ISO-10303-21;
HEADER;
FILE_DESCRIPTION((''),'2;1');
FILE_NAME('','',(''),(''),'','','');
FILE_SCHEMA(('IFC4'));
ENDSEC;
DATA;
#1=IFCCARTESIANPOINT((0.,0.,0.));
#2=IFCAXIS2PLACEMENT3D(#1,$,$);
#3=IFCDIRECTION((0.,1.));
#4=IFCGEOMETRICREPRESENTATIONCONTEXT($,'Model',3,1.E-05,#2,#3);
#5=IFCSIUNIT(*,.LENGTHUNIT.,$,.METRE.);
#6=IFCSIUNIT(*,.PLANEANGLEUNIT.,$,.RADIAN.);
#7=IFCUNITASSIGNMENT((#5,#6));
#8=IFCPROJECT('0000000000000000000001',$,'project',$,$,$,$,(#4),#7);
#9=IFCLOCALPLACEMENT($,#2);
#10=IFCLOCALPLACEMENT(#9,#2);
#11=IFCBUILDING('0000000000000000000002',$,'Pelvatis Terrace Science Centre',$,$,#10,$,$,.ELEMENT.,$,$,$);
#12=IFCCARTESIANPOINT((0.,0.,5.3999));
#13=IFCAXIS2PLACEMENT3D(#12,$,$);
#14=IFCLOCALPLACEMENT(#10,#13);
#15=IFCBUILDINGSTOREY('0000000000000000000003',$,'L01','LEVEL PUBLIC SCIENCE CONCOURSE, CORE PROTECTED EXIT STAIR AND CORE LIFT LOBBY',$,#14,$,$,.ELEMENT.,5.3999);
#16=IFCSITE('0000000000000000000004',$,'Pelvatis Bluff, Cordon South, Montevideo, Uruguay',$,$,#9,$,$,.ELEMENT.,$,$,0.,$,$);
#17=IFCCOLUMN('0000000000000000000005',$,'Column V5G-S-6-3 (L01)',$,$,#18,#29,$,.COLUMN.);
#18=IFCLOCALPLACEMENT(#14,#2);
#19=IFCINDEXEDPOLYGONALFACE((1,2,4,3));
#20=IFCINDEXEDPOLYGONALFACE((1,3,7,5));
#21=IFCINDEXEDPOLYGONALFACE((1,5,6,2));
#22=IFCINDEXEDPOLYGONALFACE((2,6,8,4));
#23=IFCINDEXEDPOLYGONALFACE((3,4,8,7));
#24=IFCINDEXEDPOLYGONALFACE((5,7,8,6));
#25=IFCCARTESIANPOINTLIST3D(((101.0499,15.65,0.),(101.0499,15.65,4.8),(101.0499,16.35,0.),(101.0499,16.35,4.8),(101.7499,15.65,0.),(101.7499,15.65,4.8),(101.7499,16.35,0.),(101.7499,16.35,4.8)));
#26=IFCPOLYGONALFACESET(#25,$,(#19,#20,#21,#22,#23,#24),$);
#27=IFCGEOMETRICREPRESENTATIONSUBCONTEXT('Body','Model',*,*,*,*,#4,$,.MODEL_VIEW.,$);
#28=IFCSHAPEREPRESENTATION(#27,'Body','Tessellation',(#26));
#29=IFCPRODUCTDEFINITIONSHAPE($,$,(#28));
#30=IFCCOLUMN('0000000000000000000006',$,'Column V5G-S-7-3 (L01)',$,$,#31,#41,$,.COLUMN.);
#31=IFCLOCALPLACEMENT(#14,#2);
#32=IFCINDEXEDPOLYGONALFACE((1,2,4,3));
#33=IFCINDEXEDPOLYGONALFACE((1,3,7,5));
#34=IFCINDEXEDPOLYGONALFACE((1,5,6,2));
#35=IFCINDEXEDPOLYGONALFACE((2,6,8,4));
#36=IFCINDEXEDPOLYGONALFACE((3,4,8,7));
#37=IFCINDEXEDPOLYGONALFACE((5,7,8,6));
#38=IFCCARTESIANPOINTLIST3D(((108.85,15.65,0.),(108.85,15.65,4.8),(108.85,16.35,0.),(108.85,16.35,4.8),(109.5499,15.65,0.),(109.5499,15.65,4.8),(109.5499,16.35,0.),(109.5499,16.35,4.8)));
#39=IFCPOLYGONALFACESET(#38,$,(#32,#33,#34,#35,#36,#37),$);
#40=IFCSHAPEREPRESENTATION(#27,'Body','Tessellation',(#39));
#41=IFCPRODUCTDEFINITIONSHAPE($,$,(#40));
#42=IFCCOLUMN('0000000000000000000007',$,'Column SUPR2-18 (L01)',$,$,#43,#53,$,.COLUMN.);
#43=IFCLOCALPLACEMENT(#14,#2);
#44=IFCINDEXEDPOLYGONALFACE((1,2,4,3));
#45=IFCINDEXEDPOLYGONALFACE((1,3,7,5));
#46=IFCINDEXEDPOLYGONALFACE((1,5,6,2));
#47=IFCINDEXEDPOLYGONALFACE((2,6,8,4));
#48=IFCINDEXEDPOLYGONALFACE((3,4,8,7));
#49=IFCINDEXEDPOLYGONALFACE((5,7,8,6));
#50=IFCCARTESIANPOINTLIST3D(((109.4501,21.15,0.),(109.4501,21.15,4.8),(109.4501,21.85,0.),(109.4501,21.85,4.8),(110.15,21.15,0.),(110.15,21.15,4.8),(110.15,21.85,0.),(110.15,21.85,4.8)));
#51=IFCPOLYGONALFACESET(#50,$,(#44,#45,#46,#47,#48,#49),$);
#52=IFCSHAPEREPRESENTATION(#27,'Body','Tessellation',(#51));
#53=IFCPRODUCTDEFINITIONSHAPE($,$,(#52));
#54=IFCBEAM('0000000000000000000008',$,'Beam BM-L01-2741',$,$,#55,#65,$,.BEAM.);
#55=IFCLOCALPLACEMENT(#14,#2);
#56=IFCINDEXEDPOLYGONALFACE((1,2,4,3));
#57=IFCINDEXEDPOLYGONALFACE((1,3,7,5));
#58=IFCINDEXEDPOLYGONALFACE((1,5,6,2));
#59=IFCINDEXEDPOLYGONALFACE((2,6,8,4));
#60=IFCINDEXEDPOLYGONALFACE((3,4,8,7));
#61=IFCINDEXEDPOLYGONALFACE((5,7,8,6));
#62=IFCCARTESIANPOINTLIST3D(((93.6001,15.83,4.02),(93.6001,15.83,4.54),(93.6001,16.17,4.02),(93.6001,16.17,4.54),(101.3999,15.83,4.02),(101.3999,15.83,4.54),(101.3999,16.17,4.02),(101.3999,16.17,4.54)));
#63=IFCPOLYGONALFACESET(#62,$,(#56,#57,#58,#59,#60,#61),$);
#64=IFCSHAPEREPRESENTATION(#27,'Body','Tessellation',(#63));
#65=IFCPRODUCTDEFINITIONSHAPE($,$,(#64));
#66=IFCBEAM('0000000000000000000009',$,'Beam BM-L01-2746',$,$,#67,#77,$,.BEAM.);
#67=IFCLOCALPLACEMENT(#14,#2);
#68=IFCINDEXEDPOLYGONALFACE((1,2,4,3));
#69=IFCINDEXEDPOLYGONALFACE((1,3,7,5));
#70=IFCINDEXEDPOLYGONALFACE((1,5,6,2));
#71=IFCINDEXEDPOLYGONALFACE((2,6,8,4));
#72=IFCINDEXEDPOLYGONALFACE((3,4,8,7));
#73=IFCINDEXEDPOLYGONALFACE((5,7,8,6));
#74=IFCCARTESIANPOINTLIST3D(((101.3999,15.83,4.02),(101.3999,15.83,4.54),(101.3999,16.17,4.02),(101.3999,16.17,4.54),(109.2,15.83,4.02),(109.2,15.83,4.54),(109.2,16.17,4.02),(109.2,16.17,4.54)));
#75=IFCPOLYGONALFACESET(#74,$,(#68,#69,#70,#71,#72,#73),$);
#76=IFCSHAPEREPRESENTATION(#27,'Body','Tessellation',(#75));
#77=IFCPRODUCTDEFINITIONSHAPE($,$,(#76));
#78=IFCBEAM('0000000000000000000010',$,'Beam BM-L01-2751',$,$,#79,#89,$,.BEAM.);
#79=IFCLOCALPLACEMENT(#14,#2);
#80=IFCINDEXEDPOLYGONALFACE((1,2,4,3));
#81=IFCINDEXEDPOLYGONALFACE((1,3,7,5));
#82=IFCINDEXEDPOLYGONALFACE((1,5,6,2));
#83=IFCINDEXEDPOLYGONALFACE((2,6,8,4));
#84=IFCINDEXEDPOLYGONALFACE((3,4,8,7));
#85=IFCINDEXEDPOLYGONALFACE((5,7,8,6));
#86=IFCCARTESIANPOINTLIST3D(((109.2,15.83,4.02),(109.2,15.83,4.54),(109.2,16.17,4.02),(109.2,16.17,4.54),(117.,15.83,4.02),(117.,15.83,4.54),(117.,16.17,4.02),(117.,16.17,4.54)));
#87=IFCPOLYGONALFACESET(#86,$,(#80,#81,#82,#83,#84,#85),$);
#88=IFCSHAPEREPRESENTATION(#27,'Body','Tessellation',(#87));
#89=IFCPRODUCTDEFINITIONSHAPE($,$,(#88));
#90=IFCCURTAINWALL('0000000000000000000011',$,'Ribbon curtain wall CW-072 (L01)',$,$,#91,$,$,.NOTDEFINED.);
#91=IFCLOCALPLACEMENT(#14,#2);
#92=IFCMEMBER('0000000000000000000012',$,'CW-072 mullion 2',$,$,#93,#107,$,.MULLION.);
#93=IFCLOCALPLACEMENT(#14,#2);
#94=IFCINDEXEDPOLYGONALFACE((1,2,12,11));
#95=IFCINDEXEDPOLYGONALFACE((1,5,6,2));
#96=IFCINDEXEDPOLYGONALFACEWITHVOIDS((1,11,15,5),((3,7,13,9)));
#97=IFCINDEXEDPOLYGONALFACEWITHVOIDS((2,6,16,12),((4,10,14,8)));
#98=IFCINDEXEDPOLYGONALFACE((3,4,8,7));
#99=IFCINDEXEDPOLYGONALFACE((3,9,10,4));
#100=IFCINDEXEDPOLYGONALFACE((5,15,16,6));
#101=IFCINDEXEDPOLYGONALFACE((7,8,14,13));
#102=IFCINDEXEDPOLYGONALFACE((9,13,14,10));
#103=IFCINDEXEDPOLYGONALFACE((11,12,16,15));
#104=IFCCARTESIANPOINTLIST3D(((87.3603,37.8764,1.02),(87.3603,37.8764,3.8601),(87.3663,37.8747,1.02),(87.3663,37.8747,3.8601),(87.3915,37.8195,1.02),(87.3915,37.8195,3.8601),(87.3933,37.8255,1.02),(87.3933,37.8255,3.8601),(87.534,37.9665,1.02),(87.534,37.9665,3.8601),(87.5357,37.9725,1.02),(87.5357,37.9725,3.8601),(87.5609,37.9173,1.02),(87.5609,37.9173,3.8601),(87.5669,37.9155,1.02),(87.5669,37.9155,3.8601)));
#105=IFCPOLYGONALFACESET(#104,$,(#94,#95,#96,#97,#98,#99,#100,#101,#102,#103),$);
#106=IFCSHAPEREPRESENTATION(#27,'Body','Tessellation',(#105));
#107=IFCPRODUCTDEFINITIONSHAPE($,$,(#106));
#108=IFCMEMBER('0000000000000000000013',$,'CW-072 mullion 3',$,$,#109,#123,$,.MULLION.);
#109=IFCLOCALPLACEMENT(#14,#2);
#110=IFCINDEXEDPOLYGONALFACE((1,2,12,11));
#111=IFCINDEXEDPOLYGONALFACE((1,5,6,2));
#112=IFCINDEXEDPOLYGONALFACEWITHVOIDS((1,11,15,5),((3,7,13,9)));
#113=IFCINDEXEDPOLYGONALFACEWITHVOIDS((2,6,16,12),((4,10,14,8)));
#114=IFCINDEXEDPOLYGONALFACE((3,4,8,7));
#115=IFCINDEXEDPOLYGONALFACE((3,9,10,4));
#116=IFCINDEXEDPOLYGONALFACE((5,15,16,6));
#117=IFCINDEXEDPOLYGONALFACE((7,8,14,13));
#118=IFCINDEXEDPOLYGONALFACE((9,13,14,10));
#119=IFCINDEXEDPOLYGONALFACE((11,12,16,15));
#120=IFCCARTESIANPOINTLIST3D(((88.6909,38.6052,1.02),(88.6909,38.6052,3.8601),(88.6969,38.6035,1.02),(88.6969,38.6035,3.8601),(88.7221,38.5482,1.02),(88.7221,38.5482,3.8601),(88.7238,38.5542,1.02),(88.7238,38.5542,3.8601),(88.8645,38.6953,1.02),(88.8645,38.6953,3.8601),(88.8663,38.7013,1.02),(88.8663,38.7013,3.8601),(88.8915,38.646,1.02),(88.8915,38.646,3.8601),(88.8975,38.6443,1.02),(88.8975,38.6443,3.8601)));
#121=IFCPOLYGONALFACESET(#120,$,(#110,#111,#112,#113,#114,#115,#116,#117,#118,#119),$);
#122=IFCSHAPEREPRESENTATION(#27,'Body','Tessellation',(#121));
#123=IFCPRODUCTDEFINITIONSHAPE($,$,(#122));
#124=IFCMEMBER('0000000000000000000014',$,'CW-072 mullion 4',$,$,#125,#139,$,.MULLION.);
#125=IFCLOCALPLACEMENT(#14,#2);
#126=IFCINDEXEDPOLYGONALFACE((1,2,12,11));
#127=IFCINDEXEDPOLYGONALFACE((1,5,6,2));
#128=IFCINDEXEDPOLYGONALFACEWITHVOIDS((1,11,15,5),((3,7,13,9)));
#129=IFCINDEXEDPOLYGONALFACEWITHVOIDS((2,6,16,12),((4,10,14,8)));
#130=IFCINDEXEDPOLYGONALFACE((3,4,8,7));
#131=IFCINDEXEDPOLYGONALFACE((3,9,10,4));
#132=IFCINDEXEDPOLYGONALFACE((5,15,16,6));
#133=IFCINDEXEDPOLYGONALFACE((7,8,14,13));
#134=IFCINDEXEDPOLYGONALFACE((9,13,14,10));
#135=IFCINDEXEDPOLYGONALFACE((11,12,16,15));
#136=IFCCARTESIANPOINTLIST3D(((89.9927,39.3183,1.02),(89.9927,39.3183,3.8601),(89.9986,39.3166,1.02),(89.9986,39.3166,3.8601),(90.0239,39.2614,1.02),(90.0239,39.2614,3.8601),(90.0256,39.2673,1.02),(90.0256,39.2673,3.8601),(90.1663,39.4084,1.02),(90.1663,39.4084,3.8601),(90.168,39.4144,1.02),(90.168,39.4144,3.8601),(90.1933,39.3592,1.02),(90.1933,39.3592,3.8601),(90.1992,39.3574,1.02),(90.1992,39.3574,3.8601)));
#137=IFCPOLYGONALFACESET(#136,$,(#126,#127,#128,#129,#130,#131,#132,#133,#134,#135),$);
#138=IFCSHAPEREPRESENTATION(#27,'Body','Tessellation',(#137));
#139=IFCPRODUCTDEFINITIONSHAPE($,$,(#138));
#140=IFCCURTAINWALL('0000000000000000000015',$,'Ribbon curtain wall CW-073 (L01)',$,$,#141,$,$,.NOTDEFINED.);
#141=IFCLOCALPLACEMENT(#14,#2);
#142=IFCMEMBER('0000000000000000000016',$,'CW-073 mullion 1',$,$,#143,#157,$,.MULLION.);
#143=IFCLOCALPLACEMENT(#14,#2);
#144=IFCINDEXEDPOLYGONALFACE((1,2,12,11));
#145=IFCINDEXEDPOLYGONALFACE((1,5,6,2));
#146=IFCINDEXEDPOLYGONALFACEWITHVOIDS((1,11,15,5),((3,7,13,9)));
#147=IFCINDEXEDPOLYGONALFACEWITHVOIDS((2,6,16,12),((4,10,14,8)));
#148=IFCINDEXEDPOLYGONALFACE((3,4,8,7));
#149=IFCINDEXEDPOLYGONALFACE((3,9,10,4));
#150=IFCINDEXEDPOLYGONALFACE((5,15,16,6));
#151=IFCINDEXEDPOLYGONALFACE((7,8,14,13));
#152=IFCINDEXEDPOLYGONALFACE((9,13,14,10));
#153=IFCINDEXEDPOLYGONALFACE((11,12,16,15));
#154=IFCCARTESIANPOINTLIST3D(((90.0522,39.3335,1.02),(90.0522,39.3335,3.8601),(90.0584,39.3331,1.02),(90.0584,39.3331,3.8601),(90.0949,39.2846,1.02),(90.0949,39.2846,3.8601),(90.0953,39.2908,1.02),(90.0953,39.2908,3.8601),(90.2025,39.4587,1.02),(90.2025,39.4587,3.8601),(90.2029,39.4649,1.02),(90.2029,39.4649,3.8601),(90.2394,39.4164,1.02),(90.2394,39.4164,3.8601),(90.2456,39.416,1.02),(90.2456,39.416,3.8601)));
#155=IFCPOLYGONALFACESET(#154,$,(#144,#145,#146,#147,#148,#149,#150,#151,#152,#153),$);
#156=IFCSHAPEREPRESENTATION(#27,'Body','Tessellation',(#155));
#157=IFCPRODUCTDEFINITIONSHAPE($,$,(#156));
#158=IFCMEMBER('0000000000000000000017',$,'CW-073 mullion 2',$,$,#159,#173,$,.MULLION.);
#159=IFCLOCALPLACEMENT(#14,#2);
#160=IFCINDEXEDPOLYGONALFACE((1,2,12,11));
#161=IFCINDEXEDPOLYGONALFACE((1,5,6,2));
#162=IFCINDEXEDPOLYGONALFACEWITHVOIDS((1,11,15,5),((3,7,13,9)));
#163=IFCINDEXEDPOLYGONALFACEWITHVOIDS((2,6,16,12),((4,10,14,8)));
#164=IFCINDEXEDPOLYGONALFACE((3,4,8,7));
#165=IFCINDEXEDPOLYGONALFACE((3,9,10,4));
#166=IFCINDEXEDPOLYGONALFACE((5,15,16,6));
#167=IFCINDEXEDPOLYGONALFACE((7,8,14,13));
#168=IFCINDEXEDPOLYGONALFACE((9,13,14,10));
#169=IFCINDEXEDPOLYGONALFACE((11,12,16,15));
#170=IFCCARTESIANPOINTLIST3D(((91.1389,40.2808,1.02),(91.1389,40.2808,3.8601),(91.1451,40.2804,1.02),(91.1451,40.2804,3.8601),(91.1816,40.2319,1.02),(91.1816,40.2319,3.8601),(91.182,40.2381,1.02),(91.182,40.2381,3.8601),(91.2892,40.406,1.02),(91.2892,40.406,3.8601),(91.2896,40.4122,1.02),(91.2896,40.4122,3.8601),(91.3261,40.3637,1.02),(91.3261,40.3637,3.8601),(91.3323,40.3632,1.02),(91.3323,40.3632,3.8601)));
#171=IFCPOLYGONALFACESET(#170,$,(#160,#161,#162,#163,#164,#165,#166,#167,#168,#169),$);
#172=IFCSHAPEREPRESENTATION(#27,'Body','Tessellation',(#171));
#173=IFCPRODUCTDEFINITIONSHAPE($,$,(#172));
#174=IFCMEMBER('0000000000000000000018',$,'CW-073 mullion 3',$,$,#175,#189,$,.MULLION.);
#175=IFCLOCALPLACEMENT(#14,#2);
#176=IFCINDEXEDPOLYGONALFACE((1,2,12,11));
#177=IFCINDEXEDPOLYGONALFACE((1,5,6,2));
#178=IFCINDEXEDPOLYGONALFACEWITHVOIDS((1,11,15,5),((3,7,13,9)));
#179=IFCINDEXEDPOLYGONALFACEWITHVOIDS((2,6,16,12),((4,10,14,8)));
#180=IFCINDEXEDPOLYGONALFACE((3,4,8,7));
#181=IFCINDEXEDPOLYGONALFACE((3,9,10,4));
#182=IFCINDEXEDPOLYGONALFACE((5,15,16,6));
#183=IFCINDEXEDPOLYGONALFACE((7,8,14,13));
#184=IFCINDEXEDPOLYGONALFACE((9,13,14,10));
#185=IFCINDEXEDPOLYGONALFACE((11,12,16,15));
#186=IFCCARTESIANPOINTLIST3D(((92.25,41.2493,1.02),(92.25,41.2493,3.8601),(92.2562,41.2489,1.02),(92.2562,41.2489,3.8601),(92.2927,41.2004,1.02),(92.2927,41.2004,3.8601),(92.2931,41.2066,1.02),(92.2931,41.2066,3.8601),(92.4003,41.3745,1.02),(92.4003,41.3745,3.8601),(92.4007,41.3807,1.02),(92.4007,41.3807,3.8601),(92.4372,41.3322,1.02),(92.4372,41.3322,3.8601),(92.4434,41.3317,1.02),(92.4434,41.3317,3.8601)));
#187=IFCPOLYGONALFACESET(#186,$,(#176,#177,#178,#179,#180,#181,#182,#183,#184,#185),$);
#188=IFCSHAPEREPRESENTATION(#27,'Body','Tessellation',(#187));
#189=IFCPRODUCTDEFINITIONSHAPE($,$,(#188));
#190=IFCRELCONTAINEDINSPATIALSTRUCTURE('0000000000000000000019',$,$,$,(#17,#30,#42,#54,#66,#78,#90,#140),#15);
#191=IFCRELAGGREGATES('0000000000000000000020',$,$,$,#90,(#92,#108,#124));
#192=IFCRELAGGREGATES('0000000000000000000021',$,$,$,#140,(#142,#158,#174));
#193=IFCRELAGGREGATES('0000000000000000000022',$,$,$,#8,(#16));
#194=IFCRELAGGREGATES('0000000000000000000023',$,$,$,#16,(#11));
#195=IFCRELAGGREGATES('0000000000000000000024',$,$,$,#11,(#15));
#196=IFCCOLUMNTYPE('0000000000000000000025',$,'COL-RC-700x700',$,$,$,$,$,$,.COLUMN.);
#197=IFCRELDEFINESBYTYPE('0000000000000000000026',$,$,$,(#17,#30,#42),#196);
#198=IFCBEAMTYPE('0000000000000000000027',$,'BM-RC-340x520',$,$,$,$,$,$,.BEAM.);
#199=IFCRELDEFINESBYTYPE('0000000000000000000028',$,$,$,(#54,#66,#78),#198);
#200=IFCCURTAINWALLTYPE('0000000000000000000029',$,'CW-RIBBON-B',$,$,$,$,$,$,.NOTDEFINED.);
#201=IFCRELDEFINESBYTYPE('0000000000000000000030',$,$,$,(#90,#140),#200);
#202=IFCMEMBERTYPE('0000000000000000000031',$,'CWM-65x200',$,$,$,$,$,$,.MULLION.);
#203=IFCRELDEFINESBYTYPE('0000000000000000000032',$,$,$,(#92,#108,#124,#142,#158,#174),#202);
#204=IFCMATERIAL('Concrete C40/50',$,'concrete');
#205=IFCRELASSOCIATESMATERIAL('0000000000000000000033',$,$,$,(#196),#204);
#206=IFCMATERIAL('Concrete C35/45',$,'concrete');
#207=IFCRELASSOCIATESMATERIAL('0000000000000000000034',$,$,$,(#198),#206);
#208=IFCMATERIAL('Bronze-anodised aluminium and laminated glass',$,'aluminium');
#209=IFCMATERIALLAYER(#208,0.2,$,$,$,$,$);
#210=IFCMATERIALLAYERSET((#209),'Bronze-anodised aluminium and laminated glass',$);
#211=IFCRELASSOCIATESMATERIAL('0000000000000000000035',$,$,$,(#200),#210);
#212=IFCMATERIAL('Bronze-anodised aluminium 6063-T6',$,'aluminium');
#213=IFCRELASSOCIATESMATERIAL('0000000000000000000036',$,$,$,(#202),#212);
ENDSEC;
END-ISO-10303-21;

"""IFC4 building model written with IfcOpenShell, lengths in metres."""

from ifc_helpers import new_model, si_unit, direction, frame, origin, origin_2d, place, context, subcontext, project, spatial, rectangle, hollow_rectangle, extrude, material, layer, layer_set, material_profile, profile_set, type_object, element, aggregate, save


model = new_model("IFC4")

# Units and contexts
model_context = context("Model", 3, precision=1e-05, world=origin(), true_north=direction((0.0, 1.0)))
body_context = subcontext(model_context, "Body", "Model", "MODEL_VIEW")
ifc_project = project(units=[si_unit("LENGTHUNIT", "METRE"), si_unit("PLANEANGLEUNIT", "RADIAN")], contexts=[model_context])

# Site, building, storey
site_placement = place(None, origin())
site = spatial("IfcSite", under=ifc_project, at=site_placement, Name="Pelvatis Bluff, Cordon South, Montevideo, Uruguay", CompositionType="ELEMENT", RefElevation=0.0)
building_placement = place(site_placement, origin())
building = spatial("IfcBuilding", under=site, at=building_placement, Name="Pelvatis Terrace Science Centre", CompositionType="ELEMENT")
storey_placement = place(building_placement, frame((0.0, 0.0, 5.3999)))
storey = spatial("IfcBuildingStorey", under=building, at=storey_placement, Name="L01", Description="LEVEL PUBLIC SCIENCE CONCOURSE, CORE PROTECTED EXIT STAIR AND CORE LIFT LOBBY", CompositionType="ELEMENT", Elevation=5.3999)

# Columns
ifc_material_1 = material(Name="Concrete C40/50", Category="concrete")
ifc_material_profile_1 = material_profile(ifc_material_1, rectangle(XDim=0.7, YDim=0.7, at=origin_2d()), Name="RC-COL 700x700")
ifc_profile_set_1 = profile_set([ifc_material_profile_1], Name="Concrete C40/50")
column_type = type_object("IfcColumnType", Name="COL-RC-700x700", PredefinedType="COLUMN", material=ifc_profile_set_1)
for number, where, z_axis, x_axis, name in (
    (1, (101.3999, 16.0, 0.0), (0.0, 0.0, 1.0), (1.0, 0.0, 0.0), "Column V5G-S-6-3 (L01)"),
    (2, (109.2, 16.0, 0.0), (0.0, 0.0, 1.0), (1.0, 0.0, 0.0), "Column V5G-S-7-3 (L01)"),
    (3, (109.8, 21.5, 0.0), (0.0, 0.0, 1.0), (1.0, 0.0, 0.0), "Column SUPR2-18 (L01)"),
):
    element("IfcColumn", number, at=place(storey_placement, frame(where, z_axis=z_axis, x_axis=x_axis)), inside=storey, type_object=column_type, Name=name, PredefinedType="COLUMN", context=body_context, shape_type="SweptSolid", body=[
        extrude(rectangle(XDim=0.7, YDim=0.7, at=origin_2d()), origin(), (0.0, 0.0, 1.0), 4.8),
    ])

# Beams
ifc_material_2 = material(Name="Concrete C35/45", Category="concrete")
ifc_material_profile_2 = material_profile(ifc_material_2, rectangle(XDim=0.3401, YDim=0.52, at=origin_2d()), Name="RC-BM 340x520")
ifc_profile_set_2 = profile_set([ifc_material_profile_2], Name="Concrete C35/45")
beam_type = type_object("IfcBeamType", Name="BM-RC-340x520", PredefinedType="BEAM", material=ifc_profile_set_2)
beam_placement = place(storey_placement, frame((93.6001, 16.0, 4.28), z_axis=(1.0, 0.0, 0.0), x_axis=(0.0, 1.0, 0.0)))
element("IfcBeam", 4, at=beam_placement, inside=storey, type_object=beam_type, Name="Beam BM-L01-2741", PredefinedType="BEAM", context=body_context, shape_type="SweptSolid", body=[
    extrude(rectangle(XDim=0.3401, YDim=0.52, at=origin_2d()), origin(), (0.0, 0.0, 1.0), 7.7998),
])
for number, where, z_axis, x_axis, name in (
    (5, (101.3999, 16.0, 4.28), (1.0, 0.0, 0.0), (0.0, 1.0, 0.0), "Beam BM-L01-2746"),
    (6, (109.2, 16.0, 4.28), (1.0, 0.0, 0.0), (0.0, 1.0, 0.0), "Beam BM-L01-2751"),
):
    element("IfcBeam", number, at=place(storey_placement, frame(where, z_axis=z_axis, x_axis=x_axis)), inside=storey, type_object=beam_type, Name=name, PredefinedType="BEAM", context=body_context, shape_type="SweptSolid", body=[
        extrude(rectangle(XDim=0.3401, YDim=0.52, at=origin_2d()), origin(), (0.0, 0.0, 1.0), 7.8),
    ])

# Curtain walls, members
ifc_material_3 = material(Name="Bronze-anodised aluminium and laminated glass", Category="aluminium")
ifc_layer_1 = layer(ifc_material_3, 0.2)
ifc_layer_set_1 = layer_set([ifc_layer_1], Name="Bronze-anodised aluminium and laminated glass")
curtain_wall_type = type_object("IfcCurtainWallType", Name="CW-RIBBON-B", PredefinedType="NOTDEFINED", material=ifc_layer_set_1)
curtain_wall_1_placement = place(storey_placement, origin())
curtain_wall_1 = element("IfcCurtainWall", 7, at=curtain_wall_1_placement, inside=storey, type_object=curtain_wall_type, Name="Ribbon curtain wall CW-072 (L01)", PredefinedType="NOTDEFINED")
ifc_material_4 = material(Name="Bronze-anodised aluminium 6063-T6", Category="aluminium")
ifc_material_profile_3 = material_profile(ifc_material_4, hollow_rectangle(XDim=0.0649, YDim=0.2, WallThickness=0.0044, at=origin_2d()), Name="ALU-MUL 65x200")
ifc_profile_set_3 = profile_set([ifc_material_profile_3], Name="Bronze-anodised aluminium 6063-T6")
member_type_1 = type_object("IfcMemberType", Name="CWM-65x200", PredefinedType="MULLION", material=ifc_profile_set_3)
member_1_placement = place(storey_placement, frame((87.4636, 37.896, 1.02), z_axis=(0.0, 0.0, 1.0), x_axis=(-0.480406, 0.877046, 0.0)))
member_1 = element("IfcMember", 8, at=member_1_placement, type_object=member_type_1, Name="CW-072 mullion 2", PredefinedType="MULLION", context=body_context, shape_type="SweptSolid", body=[
    extrude(hollow_rectangle(XDim=0.0649, YDim=0.2, WallThickness=0.0044, at=origin_2d()), origin(), (0.0, 0.0, 1.0), 2.8401),
])
member_2_placement = place(storey_placement, frame((88.7942, 38.6248, 1.02), z_axis=(0.0, 0.0, 1.0), x_axis=(-0.480406, 0.877046, 0.0)))
member_2 = element("IfcMember", 9, at=member_2_placement, type_object=member_type_1, Name="CW-072 mullion 3", PredefinedType="MULLION", context=body_context, shape_type="SweptSolid", body=[
    extrude(hollow_rectangle(XDim=0.0649, YDim=0.2, WallThickness=0.0044, at=origin_2d()), origin(), (0.0, 0.0, 1.0), 2.8401),
])
member_3_placement = place(storey_placement, frame((90.0959, 39.3379, 1.02), z_axis=(0.0, 0.0, 1.0), x_axis=(-0.480406, 0.877046, 0.0)))
member_3 = element("IfcMember", 10, at=member_3_placement, type_object=member_type_1, Name="CW-072 mullion 4", PredefinedType="MULLION", context=body_context, shape_type="SweptSolid", body=[
    extrude(hollow_rectangle(XDim=0.0649, YDim=0.2, WallThickness=0.0044, at=origin_2d()), origin(), (0.0, 0.0, 1.0), 2.8401),
])
curtain_wall_2_placement = place(storey_placement, origin())
curtain_wall_2 = element("IfcCurtainWall", 11, at=curtain_wall_2_placement, inside=storey, type_object=curtain_wall_type, Name="Ribbon curtain wall CW-073 (L01)", PredefinedType="NOTDEFINED")
member_4_placement = place(storey_placement, frame((90.1489, 39.3748, 1.02), z_axis=(0.0, 0.0, 1.0), x_axis=(-0.657112, 0.753793, 0.0)))
member_4 = element("IfcMember", 12, at=member_4_placement, type_object=member_type_1, Name="CW-073 mullion 1", PredefinedType="MULLION", context=body_context, shape_type="SweptSolid", body=[
    extrude(hollow_rectangle(XDim=0.0649, YDim=0.2, WallThickness=0.0044, at=origin_2d()), origin(), (0.0, 0.0, 1.0), 2.8401),
])
member_5_placement = place(storey_placement, frame((91.2356, 40.322, 1.02), z_axis=(0.0, 0.0, 1.0), x_axis=(-0.657112, 0.753793, 0.0)))
member_5 = element("IfcMember", 13, at=member_5_placement, type_object=member_type_1, Name="CW-073 mullion 2", PredefinedType="MULLION", context=body_context, shape_type="SweptSolid", body=[
    extrude(hollow_rectangle(XDim=0.0649, YDim=0.2, WallThickness=0.0044, at=origin_2d()), origin(), (0.0, 0.0, 1.0), 2.8401),
])
member_6_placement = place(storey_placement, frame((92.3467, 41.2905, 1.02), z_axis=(0.0, 0.0, 1.0), x_axis=(-0.657112, 0.753793, 0.0)))
member_6 = element("IfcMember", 14, at=member_6_placement, type_object=member_type_1, Name="CW-073 mullion 3", PredefinedType="MULLION", context=body_context, shape_type="SweptSolid", body=[
    extrude(hollow_rectangle(XDim=0.0649, YDim=0.2, WallThickness=0.0044, at=origin_2d()), origin(), (0.0, 0.0, 1.0), 2.8401),
])

aggregate(curtain_wall_1, [member_1, member_2, member_3])
aggregate(curtain_wall_2, [member_4, member_5, member_6])

save(model, "model.ifc")
